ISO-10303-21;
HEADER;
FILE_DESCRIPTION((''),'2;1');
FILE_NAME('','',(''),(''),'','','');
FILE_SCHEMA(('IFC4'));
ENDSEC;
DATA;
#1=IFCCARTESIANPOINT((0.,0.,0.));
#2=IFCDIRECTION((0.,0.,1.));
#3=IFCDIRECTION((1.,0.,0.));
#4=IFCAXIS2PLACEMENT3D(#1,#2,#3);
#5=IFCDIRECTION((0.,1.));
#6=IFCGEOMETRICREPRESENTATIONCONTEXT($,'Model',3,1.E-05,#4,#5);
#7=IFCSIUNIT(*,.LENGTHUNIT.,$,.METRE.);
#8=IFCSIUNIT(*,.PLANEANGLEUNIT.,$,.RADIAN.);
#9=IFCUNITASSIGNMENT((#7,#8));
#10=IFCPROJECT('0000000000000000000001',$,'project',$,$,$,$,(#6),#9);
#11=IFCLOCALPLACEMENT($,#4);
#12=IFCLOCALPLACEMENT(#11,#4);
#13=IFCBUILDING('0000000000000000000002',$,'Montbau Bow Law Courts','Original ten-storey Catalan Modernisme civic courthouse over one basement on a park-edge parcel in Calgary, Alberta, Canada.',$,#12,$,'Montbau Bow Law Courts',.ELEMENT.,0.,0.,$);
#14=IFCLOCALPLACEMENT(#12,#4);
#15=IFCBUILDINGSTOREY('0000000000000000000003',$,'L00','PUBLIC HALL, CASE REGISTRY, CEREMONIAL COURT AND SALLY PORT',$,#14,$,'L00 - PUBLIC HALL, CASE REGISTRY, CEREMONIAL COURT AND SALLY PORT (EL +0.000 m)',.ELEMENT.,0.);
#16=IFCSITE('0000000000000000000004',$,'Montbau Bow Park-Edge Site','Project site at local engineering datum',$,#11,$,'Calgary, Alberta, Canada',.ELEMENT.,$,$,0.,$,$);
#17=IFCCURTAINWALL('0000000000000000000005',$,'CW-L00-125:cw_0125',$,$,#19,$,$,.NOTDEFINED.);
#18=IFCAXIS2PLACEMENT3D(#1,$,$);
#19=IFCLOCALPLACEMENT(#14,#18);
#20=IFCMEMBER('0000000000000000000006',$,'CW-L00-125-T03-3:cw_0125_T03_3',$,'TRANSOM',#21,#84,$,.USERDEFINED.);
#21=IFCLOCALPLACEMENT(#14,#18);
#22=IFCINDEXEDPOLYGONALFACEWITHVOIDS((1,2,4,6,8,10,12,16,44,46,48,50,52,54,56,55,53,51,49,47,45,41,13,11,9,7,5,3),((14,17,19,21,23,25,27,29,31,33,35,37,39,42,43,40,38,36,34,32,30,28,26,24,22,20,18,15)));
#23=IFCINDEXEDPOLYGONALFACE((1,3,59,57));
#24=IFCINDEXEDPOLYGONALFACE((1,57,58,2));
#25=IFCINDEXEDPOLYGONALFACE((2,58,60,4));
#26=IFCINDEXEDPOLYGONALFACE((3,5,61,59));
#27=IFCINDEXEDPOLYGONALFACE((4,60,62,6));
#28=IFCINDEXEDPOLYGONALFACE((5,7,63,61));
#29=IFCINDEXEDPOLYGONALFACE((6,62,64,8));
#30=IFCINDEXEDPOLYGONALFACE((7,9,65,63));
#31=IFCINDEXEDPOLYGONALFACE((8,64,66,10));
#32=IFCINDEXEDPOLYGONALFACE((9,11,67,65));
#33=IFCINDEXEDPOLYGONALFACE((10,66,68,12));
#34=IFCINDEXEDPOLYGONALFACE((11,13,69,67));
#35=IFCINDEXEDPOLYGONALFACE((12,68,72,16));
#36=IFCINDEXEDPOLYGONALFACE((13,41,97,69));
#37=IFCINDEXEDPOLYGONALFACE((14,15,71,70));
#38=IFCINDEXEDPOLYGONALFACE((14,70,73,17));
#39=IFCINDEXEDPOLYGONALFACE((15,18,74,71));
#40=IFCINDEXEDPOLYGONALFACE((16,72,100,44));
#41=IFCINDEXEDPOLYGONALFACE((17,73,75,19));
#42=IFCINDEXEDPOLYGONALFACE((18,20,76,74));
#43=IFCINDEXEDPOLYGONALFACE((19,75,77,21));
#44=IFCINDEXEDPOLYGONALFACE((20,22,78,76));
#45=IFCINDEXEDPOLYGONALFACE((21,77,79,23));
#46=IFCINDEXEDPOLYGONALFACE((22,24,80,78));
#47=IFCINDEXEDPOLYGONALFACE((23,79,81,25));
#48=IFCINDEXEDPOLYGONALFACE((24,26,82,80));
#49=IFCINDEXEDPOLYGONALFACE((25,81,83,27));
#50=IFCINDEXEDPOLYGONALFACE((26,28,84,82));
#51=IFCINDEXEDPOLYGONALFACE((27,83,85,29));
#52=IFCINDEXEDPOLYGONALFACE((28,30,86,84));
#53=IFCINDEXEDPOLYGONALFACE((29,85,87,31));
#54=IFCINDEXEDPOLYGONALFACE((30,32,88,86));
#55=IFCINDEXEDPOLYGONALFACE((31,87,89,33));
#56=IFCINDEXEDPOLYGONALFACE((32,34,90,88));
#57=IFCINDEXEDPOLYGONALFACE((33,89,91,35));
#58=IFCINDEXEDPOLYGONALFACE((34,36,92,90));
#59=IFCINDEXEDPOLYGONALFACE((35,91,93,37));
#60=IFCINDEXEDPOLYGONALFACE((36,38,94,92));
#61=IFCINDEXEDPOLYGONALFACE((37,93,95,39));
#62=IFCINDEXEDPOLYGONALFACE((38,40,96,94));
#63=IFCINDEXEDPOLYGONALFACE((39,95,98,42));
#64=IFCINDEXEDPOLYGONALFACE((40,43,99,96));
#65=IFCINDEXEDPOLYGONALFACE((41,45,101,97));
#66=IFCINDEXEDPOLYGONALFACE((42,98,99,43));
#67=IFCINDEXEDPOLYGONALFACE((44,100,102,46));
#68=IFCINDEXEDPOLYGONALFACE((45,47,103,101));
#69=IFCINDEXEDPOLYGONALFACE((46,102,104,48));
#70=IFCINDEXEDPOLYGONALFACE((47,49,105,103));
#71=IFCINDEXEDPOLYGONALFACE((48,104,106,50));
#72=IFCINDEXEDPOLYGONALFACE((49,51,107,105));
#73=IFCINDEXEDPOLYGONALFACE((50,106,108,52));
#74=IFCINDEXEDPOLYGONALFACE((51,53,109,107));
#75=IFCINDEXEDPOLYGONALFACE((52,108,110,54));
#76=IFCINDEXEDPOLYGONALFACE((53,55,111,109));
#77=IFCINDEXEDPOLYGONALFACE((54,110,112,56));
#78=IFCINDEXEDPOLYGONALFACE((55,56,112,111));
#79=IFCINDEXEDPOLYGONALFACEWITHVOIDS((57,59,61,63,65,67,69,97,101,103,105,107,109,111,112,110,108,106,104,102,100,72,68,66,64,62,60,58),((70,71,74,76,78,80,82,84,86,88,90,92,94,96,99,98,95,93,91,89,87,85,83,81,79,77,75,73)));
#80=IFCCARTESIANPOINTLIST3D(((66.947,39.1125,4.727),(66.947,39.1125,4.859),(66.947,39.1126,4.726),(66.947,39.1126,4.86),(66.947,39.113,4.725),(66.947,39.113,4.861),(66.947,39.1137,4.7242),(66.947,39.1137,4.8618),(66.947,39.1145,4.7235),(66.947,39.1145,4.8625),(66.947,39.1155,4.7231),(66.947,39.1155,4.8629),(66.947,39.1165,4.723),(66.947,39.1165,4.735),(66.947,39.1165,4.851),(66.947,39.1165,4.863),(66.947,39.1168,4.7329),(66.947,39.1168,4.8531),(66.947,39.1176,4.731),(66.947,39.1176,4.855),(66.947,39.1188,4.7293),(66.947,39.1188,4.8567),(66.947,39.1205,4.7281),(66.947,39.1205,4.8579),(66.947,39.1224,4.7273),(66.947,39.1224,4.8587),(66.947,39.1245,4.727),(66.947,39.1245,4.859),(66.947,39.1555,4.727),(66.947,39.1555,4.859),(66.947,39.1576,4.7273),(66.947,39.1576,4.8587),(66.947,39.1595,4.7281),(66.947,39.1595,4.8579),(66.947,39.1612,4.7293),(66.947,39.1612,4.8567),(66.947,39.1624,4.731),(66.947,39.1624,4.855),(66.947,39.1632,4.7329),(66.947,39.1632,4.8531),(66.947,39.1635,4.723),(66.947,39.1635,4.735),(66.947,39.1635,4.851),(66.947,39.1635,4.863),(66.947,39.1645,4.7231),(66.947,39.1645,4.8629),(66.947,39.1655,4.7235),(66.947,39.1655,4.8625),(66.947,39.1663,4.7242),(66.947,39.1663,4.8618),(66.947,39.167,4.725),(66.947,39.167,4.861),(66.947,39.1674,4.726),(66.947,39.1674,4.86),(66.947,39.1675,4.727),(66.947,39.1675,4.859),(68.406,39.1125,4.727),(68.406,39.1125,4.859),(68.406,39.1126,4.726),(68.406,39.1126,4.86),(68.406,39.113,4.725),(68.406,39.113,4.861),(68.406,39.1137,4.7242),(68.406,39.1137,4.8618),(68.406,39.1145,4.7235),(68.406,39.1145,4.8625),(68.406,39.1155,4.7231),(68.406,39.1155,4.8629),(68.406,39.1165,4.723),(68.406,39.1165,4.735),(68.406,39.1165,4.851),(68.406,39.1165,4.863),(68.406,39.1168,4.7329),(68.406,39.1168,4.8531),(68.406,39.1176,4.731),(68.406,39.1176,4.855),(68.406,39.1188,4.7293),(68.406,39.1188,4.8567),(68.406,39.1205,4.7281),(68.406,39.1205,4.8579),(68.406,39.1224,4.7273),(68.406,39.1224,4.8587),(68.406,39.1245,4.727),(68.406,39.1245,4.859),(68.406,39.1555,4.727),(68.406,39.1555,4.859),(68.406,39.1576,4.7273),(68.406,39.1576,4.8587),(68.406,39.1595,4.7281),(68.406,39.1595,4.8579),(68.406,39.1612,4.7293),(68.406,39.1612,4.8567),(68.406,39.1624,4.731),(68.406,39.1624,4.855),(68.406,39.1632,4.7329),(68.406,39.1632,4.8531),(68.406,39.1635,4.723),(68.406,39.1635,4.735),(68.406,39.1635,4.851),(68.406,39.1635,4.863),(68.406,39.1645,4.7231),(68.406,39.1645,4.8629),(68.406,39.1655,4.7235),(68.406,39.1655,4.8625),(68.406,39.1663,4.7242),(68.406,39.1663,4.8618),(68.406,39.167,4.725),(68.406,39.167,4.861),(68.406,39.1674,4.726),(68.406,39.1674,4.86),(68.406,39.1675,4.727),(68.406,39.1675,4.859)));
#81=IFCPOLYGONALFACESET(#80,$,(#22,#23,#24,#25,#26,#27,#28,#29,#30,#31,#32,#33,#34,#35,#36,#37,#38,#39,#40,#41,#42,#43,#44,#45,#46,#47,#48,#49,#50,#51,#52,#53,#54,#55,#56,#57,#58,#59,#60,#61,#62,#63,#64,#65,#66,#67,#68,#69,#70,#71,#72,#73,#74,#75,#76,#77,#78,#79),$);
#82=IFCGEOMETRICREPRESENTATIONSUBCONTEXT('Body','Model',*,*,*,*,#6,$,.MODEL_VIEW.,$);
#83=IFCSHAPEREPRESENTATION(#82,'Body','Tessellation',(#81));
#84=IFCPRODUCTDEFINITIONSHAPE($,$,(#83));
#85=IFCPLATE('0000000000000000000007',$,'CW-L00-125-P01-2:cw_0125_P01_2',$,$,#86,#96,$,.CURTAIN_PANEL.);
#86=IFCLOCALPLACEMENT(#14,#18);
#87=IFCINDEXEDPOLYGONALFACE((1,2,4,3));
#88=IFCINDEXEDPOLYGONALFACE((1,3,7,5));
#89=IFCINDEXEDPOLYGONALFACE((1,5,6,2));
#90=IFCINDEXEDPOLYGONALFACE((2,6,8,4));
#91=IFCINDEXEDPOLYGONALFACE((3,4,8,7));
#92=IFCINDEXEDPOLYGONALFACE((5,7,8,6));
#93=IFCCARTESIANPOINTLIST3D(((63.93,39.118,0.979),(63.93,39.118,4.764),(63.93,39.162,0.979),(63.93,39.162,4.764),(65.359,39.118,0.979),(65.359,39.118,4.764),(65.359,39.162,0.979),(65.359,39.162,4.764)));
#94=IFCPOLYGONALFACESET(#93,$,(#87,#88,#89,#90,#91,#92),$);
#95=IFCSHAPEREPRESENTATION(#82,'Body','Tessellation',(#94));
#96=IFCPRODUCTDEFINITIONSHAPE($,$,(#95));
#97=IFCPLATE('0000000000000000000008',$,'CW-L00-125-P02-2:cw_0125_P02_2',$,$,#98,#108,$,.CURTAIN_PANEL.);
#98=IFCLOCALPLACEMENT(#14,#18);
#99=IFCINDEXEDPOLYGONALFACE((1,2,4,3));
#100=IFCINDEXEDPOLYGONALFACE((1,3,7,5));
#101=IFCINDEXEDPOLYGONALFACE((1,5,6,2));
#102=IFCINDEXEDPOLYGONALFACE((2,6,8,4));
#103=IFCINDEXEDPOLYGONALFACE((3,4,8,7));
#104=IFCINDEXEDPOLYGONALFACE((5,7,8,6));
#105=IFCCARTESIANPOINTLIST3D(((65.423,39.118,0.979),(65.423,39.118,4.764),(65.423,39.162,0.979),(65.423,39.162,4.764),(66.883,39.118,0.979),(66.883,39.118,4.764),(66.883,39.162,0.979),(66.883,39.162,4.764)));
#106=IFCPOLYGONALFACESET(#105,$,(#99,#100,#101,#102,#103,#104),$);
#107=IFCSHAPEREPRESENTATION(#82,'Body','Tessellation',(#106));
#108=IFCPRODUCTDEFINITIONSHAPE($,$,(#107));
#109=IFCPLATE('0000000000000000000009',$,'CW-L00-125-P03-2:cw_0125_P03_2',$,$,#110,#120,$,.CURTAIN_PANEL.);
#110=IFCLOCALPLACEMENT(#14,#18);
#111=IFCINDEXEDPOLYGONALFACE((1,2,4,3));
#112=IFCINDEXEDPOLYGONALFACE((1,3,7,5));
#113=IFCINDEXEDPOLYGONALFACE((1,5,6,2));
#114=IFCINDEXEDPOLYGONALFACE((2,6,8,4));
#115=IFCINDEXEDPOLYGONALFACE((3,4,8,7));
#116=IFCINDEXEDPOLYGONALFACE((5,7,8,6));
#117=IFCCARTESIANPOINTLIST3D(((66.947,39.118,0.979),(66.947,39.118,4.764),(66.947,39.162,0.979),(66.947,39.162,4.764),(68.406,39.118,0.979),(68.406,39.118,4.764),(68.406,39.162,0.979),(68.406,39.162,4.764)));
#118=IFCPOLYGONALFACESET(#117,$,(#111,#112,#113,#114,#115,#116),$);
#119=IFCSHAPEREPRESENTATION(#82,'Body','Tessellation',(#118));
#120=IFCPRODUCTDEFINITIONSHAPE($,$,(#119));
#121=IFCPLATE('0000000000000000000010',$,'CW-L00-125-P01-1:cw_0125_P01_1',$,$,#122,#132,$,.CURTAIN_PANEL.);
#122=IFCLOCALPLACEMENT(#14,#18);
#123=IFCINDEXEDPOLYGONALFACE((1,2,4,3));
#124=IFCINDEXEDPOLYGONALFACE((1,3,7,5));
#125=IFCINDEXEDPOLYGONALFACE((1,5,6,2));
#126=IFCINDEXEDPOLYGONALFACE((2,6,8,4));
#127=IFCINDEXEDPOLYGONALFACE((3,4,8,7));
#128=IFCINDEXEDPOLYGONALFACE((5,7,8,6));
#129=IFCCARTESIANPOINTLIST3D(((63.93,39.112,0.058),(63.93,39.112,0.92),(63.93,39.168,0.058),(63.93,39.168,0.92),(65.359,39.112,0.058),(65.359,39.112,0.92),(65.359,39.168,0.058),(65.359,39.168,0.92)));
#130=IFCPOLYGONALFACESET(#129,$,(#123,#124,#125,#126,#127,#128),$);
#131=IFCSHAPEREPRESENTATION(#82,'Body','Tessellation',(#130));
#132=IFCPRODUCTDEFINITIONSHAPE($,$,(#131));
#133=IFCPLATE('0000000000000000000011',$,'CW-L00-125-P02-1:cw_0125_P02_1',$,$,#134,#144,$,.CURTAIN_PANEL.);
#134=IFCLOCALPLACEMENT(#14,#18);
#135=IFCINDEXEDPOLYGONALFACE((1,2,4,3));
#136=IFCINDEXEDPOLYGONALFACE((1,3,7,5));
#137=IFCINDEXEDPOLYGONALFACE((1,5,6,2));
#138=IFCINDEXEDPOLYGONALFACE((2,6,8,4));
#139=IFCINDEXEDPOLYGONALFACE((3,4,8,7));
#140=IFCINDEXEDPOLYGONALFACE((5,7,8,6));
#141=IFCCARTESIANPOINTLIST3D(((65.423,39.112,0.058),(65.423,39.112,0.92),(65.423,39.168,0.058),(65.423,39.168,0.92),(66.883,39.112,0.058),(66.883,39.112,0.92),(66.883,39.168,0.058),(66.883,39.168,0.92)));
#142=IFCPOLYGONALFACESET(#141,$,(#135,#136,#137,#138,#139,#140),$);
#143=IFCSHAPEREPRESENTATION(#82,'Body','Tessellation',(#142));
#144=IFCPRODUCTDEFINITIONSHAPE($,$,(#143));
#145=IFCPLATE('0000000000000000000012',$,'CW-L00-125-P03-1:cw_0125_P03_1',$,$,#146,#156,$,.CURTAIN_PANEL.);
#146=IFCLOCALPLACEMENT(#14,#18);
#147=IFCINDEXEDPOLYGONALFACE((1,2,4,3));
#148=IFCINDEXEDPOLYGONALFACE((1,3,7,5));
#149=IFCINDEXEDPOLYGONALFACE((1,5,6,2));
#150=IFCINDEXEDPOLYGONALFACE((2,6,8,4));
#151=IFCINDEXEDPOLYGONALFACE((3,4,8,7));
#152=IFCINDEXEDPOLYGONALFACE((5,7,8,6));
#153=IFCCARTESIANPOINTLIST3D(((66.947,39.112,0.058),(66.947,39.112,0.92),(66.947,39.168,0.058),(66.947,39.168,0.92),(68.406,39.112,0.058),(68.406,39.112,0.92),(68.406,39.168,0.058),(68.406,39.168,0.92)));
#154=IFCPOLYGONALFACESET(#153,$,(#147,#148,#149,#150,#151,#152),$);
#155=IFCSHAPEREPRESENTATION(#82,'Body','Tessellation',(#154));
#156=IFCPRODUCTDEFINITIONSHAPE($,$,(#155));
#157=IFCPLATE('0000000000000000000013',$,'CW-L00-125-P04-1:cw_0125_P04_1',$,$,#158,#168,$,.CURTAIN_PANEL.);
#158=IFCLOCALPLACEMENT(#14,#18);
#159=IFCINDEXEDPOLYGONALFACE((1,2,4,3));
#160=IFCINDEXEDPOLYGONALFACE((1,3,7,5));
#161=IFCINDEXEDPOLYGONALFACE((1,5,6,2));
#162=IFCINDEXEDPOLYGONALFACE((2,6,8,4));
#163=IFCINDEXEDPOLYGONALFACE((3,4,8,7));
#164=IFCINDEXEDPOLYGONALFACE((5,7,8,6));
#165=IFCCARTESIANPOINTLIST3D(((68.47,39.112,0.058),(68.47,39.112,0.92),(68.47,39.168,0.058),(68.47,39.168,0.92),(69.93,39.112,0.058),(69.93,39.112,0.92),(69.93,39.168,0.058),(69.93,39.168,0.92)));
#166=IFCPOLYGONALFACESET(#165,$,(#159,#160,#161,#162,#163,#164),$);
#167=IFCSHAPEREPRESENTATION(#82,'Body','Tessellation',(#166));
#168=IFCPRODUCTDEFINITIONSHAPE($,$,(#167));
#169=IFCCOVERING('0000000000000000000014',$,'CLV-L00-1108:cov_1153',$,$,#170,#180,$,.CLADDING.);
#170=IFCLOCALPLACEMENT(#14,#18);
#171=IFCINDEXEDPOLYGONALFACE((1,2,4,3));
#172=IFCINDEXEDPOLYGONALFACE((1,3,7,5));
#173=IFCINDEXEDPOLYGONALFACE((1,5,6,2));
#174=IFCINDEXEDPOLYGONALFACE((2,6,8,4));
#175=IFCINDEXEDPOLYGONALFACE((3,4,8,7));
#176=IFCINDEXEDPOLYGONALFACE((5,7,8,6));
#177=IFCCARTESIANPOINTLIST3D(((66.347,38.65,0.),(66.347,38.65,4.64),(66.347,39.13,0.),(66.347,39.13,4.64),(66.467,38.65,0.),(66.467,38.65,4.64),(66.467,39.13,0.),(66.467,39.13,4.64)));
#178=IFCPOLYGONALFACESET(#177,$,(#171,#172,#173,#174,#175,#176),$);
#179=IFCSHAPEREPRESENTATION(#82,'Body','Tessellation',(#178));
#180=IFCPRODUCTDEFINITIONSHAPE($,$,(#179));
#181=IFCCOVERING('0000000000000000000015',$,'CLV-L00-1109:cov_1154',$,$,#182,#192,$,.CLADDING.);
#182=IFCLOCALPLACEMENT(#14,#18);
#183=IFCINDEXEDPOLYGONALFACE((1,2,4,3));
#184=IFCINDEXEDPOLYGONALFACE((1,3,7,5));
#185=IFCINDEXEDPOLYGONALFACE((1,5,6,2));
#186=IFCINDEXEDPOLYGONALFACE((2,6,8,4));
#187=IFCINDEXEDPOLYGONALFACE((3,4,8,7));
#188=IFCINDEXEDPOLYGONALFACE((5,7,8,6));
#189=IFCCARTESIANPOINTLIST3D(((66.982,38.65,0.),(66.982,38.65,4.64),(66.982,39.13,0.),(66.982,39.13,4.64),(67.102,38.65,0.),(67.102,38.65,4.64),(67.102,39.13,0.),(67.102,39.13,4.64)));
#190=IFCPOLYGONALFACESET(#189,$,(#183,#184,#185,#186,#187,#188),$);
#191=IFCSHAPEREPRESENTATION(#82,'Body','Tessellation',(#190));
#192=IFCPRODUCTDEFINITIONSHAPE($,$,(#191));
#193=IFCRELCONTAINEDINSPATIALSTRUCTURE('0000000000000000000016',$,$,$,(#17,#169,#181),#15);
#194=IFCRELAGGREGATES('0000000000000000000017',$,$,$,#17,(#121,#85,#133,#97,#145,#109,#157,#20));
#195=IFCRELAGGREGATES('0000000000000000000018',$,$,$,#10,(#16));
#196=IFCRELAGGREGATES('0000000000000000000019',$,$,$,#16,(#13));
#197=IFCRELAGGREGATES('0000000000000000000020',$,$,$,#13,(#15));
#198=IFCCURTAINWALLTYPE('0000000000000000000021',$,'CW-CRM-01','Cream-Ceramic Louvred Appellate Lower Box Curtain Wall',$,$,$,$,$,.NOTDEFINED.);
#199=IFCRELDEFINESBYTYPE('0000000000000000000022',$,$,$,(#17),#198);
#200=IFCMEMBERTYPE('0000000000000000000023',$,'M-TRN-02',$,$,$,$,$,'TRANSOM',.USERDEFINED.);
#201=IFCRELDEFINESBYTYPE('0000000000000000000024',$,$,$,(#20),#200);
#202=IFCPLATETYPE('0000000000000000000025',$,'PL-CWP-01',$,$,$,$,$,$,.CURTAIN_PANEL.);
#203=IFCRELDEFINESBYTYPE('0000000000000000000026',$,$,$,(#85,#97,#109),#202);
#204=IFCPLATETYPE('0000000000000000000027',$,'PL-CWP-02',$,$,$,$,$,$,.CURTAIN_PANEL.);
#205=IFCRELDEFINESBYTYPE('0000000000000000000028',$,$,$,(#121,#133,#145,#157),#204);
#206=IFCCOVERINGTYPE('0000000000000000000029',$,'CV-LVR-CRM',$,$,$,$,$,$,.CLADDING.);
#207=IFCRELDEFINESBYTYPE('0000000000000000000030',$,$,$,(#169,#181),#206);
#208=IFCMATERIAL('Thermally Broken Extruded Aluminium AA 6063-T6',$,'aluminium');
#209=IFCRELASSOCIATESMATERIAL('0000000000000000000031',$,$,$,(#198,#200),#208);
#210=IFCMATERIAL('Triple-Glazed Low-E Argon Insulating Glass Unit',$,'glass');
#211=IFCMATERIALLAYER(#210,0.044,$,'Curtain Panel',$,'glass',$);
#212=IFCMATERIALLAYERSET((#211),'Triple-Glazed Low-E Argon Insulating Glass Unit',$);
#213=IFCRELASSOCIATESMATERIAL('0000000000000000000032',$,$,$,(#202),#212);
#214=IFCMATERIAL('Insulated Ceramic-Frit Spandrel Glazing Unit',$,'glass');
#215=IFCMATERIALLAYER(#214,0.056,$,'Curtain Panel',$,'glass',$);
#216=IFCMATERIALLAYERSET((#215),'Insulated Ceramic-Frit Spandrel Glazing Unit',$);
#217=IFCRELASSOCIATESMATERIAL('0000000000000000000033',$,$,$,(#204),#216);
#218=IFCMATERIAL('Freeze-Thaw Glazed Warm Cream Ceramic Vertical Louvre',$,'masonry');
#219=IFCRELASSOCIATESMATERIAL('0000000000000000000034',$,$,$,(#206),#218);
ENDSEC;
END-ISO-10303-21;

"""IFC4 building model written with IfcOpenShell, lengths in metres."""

from ifc_helpers import new_model, si_unit, direction, frame, frame_2d, origin_with_axes, origin_2d_with_axis, place, context, subcontext, project, spatial, rectangle, hollow_rectangle, extrude, material, layer, layer_set, material_profile, profile_set, type_object, element, aggregate, save


model = new_model("IFC4")

# Units and contexts
model_context = context("Model", 3, precision=1e-05, world=origin_with_axes(), true_north=direction((0.0, 1.0)))
body_context = subcontext(model_context, "Body", "Model", "MODEL_VIEW")
ifc_project = project(units=[si_unit("LENGTHUNIT", "METRE"), si_unit("PLANEANGLEUNIT", "RADIAN")], contexts=[model_context])

# Site, building, storey
site_placement = place(None, origin_with_axes())
site = spatial("IfcSite", under=ifc_project, at=site_placement, Name="Montbau Bow Park-Edge Site", Description="Project site at local engineering datum", LongName="Calgary, Alberta, Canada", CompositionType="ELEMENT", RefElevation=0.0)
building_placement = place(site_placement, origin_with_axes())
building = spatial("IfcBuilding", under=site, at=building_placement, Name="Montbau Bow Law Courts", Description="Original ten-storey Catalan Modernisme civic courthouse over one basement on a park-edge parcel in Calgary, Alberta, Canada.", LongName="Montbau Bow Law Courts", CompositionType="ELEMENT", ElevationOfRefHeight=0.0, ElevationOfTerrain=0.0)
storey_placement = place(building_placement, origin_with_axes())
storey = spatial("IfcBuildingStorey", under=building, at=storey_placement, Name="L00", Description="PUBLIC HALL, CASE REGISTRY, CEREMONIAL COURT AND SALLY PORT", LongName="L00 - PUBLIC HALL, CASE REGISTRY, CEREMONIAL COURT AND SALLY PORT (EL +0.000 m)", CompositionType="ELEMENT", Elevation=0.0)

# Shared definitions
ifc_material_1 = material(Name="Thermally Broken Extruded Aluminium AA 6063-T6", Category="aluminium")
curtain_wall_type = type_object("IfcCurtainWallType", Name="CW-CRM-01", Description="Cream-Ceramic Louvred Appellate Lower Box Curtain Wall", PredefinedType="NOTDEFINED", material=ifc_material_1)

# Curtain wall
curtain_wall_1_placement = place(None, frame((63.868, 39.14, 0.0), z_axis=(0.0, 0.0, 1.0), x_axis=(1.0, 0.0, 0.0)))
curtain_wall_1 = element("IfcCurtainWall", 1, at=curtain_wall_1_placement, inside=storey, type_object=curtain_wall_type, Name="CW-L00-125:cw_0125", PredefinedType="NOTDEFINED")

# Member
ifc_material_profile_1 = material_profile(ifc_material_1, hollow_rectangle(XDim=0.055, YDim=0.14, WallThickness=0.004, InnerFilletRadius=0.008, OuterFilletRadius=0.004, at=origin_2d_with_axis()), Name="CWT-140X55", Category="Main", Priority=0)
ifc_profile_set_1 = profile_set([ifc_material_profile_1], Name="Thermally Broken Extruded Aluminium AA 6063-T6")
member_type_1 = type_object("IfcMemberType", Name="M-TRN-02", ElementType="TRANSOM", PredefinedType="USERDEFINED", material=ifc_profile_set_1)
member_1_placement = place(None, frame((66.947, 39.14, 4.793), z_axis=(1.0, 0.0, 0.0), x_axis=(0.0, 1.0, 0.0)))
member_1 = element("IfcMember", 2, at=member_1_placement, type_object=member_type_1, Name="CW-L00-125-T03-3:cw_0125_T03_3", ObjectType="TRANSOM", PredefinedType="USERDEFINED", context=body_context, shape_type="SweptSolid", body=[
    extrude(hollow_rectangle(XDim=0.055, YDim=0.14, WallThickness=0.004, InnerFilletRadius=0.008, OuterFilletRadius=0.004, at=origin_2d_with_axis()), origin_with_axes(), (0.0, 0.0, 1.0), 1.459),
])

# Plates
ifc_material_2 = material(Name="Triple-Glazed Low-E Argon Insulating Glass Unit", Category="glass")
ifc_layer_1 = layer(ifc_material_2, 0.044, Name="Curtain Panel", Category="glass")
ifc_layer_set_1 = layer_set([ifc_layer_1], Name="Triple-Glazed Low-E Argon Insulating Glass Unit")
plate_type_1 = type_object("IfcPlateType", Name="PL-CWP-01", PredefinedType="CURTAIN_PANEL", material=ifc_layer_set_1)
plate_1_placement = place(None, frame((63.93, 39.14, 0.979), z_axis=(0.0, -1.0, 0.0), x_axis=(1.0, 0.0, 0.0)))
plate_1 = element("IfcPlate", 3, at=plate_1_placement, type_object=plate_type_1, Name="CW-L00-125-P01-2:cw_0125_P01_2", PredefinedType="CURTAIN_PANEL", context=body_context, shape_type="SweptSolid", body=[
    extrude(rectangle(XDim=1.429, YDim=3.785, at=frame_2d((0.7145, 1.8925), x_axis=(1.0, 0.0))), frame((0.0, 0.0, -0.022), z_axis=(0.0, 0.0, 1.0), x_axis=(1.0, 0.0, 0.0)), (0.0, 0.0, 1.0), 0.044),
])
plate_2_placement = place(None, frame((65.423, 39.14, 0.979), z_axis=(0.0, -1.0, 0.0), x_axis=(1.0, 0.0, 0.0)))
plate_2 = element("IfcPlate", 4, at=plate_2_placement, type_object=plate_type_1, Name="CW-L00-125-P02-2:cw_0125_P02_2", PredefinedType="CURTAIN_PANEL", context=body_context, shape_type="SweptSolid", body=[
    extrude(rectangle(XDim=1.46, YDim=3.785, at=frame_2d((0.73, 1.8925), x_axis=(1.0, 0.0))), frame((0.0, 0.0, -0.022), z_axis=(0.0, 0.0, 1.0), x_axis=(1.0, 0.0, 0.0)), (0.0, 0.0, 1.0), 0.044),
])
plate_3_placement = place(None, frame((66.947, 39.14, 0.979), z_axis=(0.0, -1.0, 0.0), x_axis=(1.0, 0.0, 0.0)))
plate_3 = element("IfcPlate", 5, at=plate_3_placement, type_object=plate_type_1, Name="CW-L00-125-P03-2:cw_0125_P03_2", PredefinedType="CURTAIN_PANEL", context=body_context, shape_type="SweptSolid", body=[
    extrude(rectangle(XDim=1.459, YDim=3.785, at=frame_2d((0.7295, 1.8925), x_axis=(1.0, 0.0))), frame((0.0, 0.0, -0.022), z_axis=(0.0, 0.0, 1.0), x_axis=(1.0, 0.0, 0.0)), (0.0, 0.0, 1.0), 0.044),
])
ifc_material_3 = material(Name="Insulated Ceramic-Frit Spandrel Glazing Unit", Category="glass")
ifc_layer_2 = layer(ifc_material_3, 0.056, Name="Curtain Panel", Category="glass")
ifc_layer_set_2 = layer_set([ifc_layer_2], Name="Insulated Ceramic-Frit Spandrel Glazing Unit")
plate_type_2 = type_object("IfcPlateType", Name="PL-CWP-02", PredefinedType="CURTAIN_PANEL", material=ifc_layer_set_2)
plate_4_placement = place(None, frame((63.93, 39.14, 0.058), z_axis=(0.0, -1.0, 0.0), x_axis=(1.0, 0.0, 0.0)))
plate_4 = element("IfcPlate", 6, at=plate_4_placement, type_object=plate_type_2, Name="CW-L00-125-P01-1:cw_0125_P01_1", PredefinedType="CURTAIN_PANEL", context=body_context, shape_type="SweptSolid", body=[
    extrude(rectangle(XDim=1.429, YDim=0.862, at=frame_2d((0.7145, 0.431), x_axis=(1.0, 0.0))), frame((0.0, 0.0, -0.028), z_axis=(0.0, 0.0, 1.0), x_axis=(1.0, 0.0, 0.0)), (0.0, 0.0, 1.0), 0.056),
])
plate_5_placement = place(None, frame((65.423, 39.14, 0.058), z_axis=(0.0, -1.0, 0.0), x_axis=(1.0, 0.0, 0.0)))
plate_5 = element("IfcPlate", 7, at=plate_5_placement, type_object=plate_type_2, Name="CW-L00-125-P02-1:cw_0125_P02_1", PredefinedType="CURTAIN_PANEL", context=body_context, shape_type="SweptSolid", body=[
    extrude(rectangle(XDim=1.46, YDim=0.862, at=frame_2d((0.73, 0.431), x_axis=(1.0, 0.0))), frame((0.0, 0.0, -0.028), z_axis=(0.0, 0.0, 1.0), x_axis=(1.0, 0.0, 0.0)), (0.0, 0.0, 1.0), 0.056),
])
plate_6_placement = place(None, frame((66.947, 39.14, 0.058), z_axis=(0.0, -1.0, 0.0), x_axis=(1.0, 0.0, 0.0)))
plate_6 = element("IfcPlate", 8, at=plate_6_placement, type_object=plate_type_2, Name="CW-L00-125-P03-1:cw_0125_P03_1", PredefinedType="CURTAIN_PANEL", context=body_context, shape_type="SweptSolid", body=[
    extrude(rectangle(XDim=1.459, YDim=0.862, at=frame_2d((0.7295, 0.431), x_axis=(1.0, 0.0))), frame((0.0, 0.0, -0.028), z_axis=(0.0, 0.0, 1.0), x_axis=(1.0, 0.0, 0.0)), (0.0, 0.0, 1.0), 0.056),
])
plate_7_placement = place(None, frame((68.47, 39.14, 0.058), z_axis=(0.0, -1.0, 0.0), x_axis=(1.0, 0.0, 0.0)))
plate_7 = element("IfcPlate", 9, at=plate_7_placement, type_object=plate_type_2, Name="CW-L00-125-P04-1:cw_0125_P04_1", PredefinedType="CURTAIN_PANEL", context=body_context, shape_type="SweptSolid", body=[
    extrude(rectangle(XDim=1.46, YDim=0.862, at=frame_2d((0.73, 0.431), x_axis=(1.0, 0.0))), frame((0.0, 0.0, -0.028), z_axis=(0.0, 0.0, 1.0), x_axis=(1.0, 0.0, 0.0)), (0.0, 0.0, 1.0), 0.056),
])
aggregate(curtain_wall_1, [plate_4, plate_1, plate_5, plate_2, plate_6, plate_3, plate_7, member_1])

# Coverings
ifc_material_4 = material(Name="Freeze-Thaw Glazed Warm Cream Ceramic Vertical Louvre", Category="masonry")
covering_type = type_object("IfcCoveringType", Name="CV-LVR-CRM", PredefinedType="CLADDING", material=ifc_material_4)
for number, where, z_axis, x_axis, name in (
    (10, (66.407, 39.13, 0.0), (-1.0, 0.0, 0.0), (0.0, -1.0, 0.0), "CLV-L00-1108:cov_1153"),
    (11, (67.042, 39.13, 0.0), (-1.0, 0.0, 0.0), (0.0, -1.0, 0.0), "CLV-L00-1109:cov_1154"),
):
    element("IfcCovering", number, at=place(None, frame(where, z_axis=z_axis, x_axis=x_axis)), inside=storey, type_object=covering_type, Name=name, PredefinedType="CLADDING", context=body_context, shape_type="SweptSolid", body=[
        extrude(rectangle(XDim=0.48, YDim=4.64, at=frame_2d((0.24, 2.32), x_axis=(1.0, 0.0))), frame((0.0, 0.0, -0.06), z_axis=(0.0, 0.0, 1.0), x_axis=(1.0, 0.0, 0.0)), (0.0, 0.0, 1.0), 0.12),
    ])

save(model, "model.ifc")
